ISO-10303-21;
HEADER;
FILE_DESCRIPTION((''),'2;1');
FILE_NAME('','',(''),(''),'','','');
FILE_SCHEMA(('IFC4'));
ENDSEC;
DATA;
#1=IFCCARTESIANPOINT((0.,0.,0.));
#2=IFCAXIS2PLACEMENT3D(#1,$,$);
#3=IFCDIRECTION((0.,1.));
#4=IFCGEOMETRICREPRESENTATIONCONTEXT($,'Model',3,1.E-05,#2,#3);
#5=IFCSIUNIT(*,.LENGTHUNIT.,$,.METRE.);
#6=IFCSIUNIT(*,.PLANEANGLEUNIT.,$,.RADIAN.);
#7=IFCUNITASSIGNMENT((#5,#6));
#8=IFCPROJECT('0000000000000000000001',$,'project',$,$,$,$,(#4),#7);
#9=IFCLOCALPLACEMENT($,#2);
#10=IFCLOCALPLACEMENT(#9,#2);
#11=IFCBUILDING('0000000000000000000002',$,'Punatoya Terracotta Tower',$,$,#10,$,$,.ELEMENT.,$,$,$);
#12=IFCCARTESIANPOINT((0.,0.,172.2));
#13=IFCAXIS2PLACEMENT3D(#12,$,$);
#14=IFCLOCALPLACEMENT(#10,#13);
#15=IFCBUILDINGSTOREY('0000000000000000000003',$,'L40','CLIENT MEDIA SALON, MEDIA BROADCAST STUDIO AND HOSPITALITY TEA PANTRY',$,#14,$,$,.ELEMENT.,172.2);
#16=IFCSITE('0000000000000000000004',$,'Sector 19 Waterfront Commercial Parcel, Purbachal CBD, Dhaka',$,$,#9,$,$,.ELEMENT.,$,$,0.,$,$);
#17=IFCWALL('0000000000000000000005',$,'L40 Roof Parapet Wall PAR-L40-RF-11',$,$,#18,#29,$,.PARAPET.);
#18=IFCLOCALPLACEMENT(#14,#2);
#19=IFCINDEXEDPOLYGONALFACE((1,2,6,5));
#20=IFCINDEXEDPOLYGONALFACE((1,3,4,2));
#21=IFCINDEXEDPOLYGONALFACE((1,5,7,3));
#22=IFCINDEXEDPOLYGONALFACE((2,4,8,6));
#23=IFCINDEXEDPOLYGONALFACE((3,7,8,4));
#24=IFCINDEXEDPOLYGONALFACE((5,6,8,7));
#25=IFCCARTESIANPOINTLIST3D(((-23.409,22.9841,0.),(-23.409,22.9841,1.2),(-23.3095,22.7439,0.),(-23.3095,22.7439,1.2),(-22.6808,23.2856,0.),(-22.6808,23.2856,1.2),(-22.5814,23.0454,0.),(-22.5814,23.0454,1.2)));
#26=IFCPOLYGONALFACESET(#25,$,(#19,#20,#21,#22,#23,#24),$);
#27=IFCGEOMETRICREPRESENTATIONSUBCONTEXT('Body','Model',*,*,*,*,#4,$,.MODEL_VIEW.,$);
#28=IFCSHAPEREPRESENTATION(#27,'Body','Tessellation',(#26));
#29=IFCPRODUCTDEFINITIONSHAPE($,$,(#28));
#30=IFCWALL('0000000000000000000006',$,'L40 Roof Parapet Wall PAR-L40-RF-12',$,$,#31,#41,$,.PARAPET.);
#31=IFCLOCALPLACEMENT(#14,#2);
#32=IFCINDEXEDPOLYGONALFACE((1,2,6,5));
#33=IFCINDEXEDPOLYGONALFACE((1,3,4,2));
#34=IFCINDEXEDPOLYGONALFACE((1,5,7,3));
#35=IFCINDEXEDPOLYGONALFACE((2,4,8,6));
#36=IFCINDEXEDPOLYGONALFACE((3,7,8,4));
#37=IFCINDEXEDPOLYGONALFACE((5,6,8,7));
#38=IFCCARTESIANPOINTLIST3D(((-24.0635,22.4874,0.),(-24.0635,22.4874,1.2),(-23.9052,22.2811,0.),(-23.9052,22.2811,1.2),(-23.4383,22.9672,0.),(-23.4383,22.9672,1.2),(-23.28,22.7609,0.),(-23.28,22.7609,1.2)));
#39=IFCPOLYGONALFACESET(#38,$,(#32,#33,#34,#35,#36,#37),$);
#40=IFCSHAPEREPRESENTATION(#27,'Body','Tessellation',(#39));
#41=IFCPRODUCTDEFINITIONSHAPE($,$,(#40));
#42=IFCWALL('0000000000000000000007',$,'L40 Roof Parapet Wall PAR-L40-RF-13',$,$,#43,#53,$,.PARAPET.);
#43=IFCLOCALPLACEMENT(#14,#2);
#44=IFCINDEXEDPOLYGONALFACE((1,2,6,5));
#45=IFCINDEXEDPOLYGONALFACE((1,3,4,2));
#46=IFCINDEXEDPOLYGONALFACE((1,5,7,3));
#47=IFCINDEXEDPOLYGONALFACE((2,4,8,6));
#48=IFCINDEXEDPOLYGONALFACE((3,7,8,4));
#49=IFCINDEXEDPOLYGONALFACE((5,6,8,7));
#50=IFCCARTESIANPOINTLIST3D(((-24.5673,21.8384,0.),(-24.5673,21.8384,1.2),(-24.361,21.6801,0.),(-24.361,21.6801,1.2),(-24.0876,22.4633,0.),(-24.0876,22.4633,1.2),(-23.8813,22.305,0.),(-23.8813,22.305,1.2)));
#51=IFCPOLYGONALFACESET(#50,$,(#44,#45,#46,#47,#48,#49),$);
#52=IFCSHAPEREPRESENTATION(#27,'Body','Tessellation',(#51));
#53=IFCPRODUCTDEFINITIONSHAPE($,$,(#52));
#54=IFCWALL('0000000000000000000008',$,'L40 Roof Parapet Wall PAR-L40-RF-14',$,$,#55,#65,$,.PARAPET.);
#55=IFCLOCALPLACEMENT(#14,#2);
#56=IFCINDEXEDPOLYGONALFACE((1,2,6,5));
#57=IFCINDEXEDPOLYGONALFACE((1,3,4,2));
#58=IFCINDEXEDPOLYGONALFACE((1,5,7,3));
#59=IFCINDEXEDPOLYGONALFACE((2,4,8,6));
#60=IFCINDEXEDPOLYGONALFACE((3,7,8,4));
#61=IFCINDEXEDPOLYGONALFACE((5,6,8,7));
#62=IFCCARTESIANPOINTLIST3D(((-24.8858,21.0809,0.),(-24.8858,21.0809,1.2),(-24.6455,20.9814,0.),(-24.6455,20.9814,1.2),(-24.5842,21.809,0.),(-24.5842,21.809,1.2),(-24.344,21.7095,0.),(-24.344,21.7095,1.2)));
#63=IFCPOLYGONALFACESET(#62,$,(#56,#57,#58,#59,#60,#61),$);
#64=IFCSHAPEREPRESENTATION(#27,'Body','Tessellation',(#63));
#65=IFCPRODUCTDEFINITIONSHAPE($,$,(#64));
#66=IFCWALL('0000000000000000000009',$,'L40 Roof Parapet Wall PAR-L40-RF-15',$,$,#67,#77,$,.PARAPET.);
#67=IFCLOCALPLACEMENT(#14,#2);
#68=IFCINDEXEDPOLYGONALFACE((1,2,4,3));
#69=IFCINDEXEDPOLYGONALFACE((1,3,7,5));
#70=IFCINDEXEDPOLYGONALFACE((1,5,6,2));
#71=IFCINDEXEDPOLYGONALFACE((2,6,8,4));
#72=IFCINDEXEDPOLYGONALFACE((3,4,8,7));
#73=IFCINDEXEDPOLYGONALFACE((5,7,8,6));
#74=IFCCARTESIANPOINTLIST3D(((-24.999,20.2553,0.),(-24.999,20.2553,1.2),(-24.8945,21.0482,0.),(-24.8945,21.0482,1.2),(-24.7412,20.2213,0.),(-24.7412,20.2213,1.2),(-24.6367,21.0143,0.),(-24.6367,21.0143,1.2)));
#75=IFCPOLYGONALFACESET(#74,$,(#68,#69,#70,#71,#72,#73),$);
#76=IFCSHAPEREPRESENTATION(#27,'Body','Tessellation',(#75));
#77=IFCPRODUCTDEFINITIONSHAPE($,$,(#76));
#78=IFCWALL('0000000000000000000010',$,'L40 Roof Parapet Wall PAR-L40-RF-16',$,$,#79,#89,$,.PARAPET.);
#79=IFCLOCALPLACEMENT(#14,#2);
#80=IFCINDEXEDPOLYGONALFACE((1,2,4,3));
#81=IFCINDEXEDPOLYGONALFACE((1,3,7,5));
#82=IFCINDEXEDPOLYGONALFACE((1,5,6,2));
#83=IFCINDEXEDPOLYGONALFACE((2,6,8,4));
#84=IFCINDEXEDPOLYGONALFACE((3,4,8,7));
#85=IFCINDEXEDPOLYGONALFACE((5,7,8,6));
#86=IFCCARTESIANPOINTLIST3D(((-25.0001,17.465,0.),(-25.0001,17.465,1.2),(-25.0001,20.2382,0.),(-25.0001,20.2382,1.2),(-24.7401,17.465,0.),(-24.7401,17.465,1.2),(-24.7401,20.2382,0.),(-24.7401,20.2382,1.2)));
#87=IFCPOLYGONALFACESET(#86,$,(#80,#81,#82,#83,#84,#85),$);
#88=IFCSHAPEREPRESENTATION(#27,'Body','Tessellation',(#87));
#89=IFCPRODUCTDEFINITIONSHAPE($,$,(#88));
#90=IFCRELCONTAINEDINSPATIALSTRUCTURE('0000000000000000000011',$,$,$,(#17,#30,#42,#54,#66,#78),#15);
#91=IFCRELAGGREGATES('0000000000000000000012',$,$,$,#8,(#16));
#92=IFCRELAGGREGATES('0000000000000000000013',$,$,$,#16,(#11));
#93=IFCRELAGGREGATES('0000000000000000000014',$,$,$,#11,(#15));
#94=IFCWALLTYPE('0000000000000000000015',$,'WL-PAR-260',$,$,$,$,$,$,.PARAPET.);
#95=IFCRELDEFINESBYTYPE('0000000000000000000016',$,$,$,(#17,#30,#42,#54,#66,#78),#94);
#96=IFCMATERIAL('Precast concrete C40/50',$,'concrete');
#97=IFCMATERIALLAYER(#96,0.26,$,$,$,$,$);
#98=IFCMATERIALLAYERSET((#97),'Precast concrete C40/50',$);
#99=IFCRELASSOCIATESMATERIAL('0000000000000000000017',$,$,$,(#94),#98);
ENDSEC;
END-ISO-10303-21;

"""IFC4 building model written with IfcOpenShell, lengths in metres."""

from ifc_helpers import new_model, si_unit, direction, frame, frame_2d, origin, place, context, subcontext, project, spatial, rectangle, extrude, material, layer, layer_set, type_object, element, save


model = new_model("IFC4")

# Units and contexts
model_context = context("Model", 3, precision=1e-05, world=origin(), true_north=direction((0.0, 1.0)))
body_context = subcontext(model_context, "Body", "Model", "MODEL_VIEW")
ifc_project = project(units=[si_unit("LENGTHUNIT", "METRE"), si_unit("PLANEANGLEUNIT", "RADIAN")], contexts=[model_context])

# Site, building, storey
site_placement = place(None, origin())
site = spatial("IfcSite", under=ifc_project, at=site_placement, Name="Sector 19 Waterfront Commercial Parcel, Purbachal CBD, Dhaka", CompositionType="ELEMENT", RefElevation=0.0)
building_placement = place(site_placement, origin())
building = spatial("IfcBuilding", under=site, at=building_placement, Name="Punatoya Terracotta Tower", CompositionType="ELEMENT")
storey_placement = place(building_placement, frame((0.0, 0.0, 172.2)))
storey = spatial("IfcBuildingStorey", under=building, at=storey_placement, Name="L40", Description="CLIENT MEDIA SALON, MEDIA BROADCAST STUDIO AND HOSPITALITY TEA PANTRY", CompositionType="ELEMENT", Elevation=172.2)

# Walls
ifc_material_1 = material(Name="Precast concrete C40/50", Category="concrete")
ifc_layer_1 = layer(ifc_material_1, 0.26)
ifc_layer_set_1 = layer_set([ifc_layer_1], Name="Precast concrete C40/50")
wall_type_1 = type_object("IfcWallType", Name="WL-PAR-260", PredefinedType="PARAPET", material=ifc_layer_set_1)
for number, where, z_axis, x_axis, name in (
    (1, (-22.6311, 23.1655, 0.0), (0.0, 0.0, 1.0), (-0.9239, -0.382635, 0.0), "L40 Roof Parapet Wall PAR-L40-RF-11"),
    (2, (-23.3591, 22.864, 0.0), (0.0, 0.0, 1.0), (-0.793372, -0.608737, 0.0), "L40 Roof Parapet Wall PAR-L40-RF-12"),
):
    element("IfcWall", number, at=place(storey_placement, frame(where, z_axis=z_axis, x_axis=x_axis)), inside=storey, type_object=wall_type_1, Name=name, PredefinedType="PARAPET", context=body_context, shape_type="SweptSolid", body=[
        extrude(rectangle(XDim=0.7881, YDim=0.26, at=frame_2d((0.394, 0.0))), origin(), (0.0, 0.0, 1.0), 1.2),
    ])
wall_1_placement = place(storey_placement, frame((-23.9844, 22.3843, 0.0), z_axis=(0.0, 0.0, 1.0), x_axis=(-0.608887, -0.793257, 0.0)))
element("IfcWall", 3, at=wall_1_placement, inside=storey, type_object=wall_type_1, Name="L40 Roof Parapet Wall PAR-L40-RF-13", PredefinedType="PARAPET", context=body_context, shape_type="SweptSolid", body=[
    extrude(rectangle(XDim=0.7878, YDim=0.26, at=frame_2d((0.394, 0.0))), origin(), (0.0, 0.0, 1.0), 1.2),
])
wall_2_placement = place(storey_placement, frame((-24.4641, 21.7593, 0.0), z_axis=(0.0, 0.0, 1.0), x_axis=(-0.382635, -0.9239, 0.0)))
element("IfcWall", 4, at=wall_2_placement, inside=storey, type_object=wall_type_1, Name="L40 Roof Parapet Wall PAR-L40-RF-14", PredefinedType="PARAPET", context=body_context, shape_type="SweptSolid", body=[
    extrude(rectangle(XDim=0.7881, YDim=0.26, at=frame_2d((0.394, 0.0))), origin(), (0.0, 0.0, 1.0), 1.2),
])
wall_3_placement = place(storey_placement, frame((-24.7656, 21.0312, 0.0), z_axis=(0.0, 0.0, 1.0), x_axis=(-0.130644, -0.991429, 0.0)))
element("IfcWall", 5, at=wall_3_placement, inside=storey, type_object=wall_type_1, Name="L40 Roof Parapet Wall PAR-L40-RF-15", PredefinedType="PARAPET", context=body_context, shape_type="SweptSolid", body=[
    extrude(rectangle(XDim=0.7998, YDim=0.26, at=frame_2d((0.3999, 0.0))), origin(), (0.0, 0.0, 1.0), 1.2),
])
wall_4_placement = place(storey_placement, frame((-24.8701, 20.2383, 0.0), z_axis=(0.0, 0.0, 1.0), x_axis=(0.0, -1.0, 0.0)))
element("IfcWall", 6, at=wall_4_placement, inside=storey, type_object=wall_type_1, Name="L40 Roof Parapet Wall PAR-L40-RF-16", PredefinedType="PARAPET", context=body_context, shape_type="SweptSolid", body=[
    extrude(rectangle(XDim=2.7732, YDim=0.26, at=frame_2d((1.3867, 0.0))), origin(), (0.0, 0.0, 1.0), 1.2),
])

save(model, "model.ifc")
